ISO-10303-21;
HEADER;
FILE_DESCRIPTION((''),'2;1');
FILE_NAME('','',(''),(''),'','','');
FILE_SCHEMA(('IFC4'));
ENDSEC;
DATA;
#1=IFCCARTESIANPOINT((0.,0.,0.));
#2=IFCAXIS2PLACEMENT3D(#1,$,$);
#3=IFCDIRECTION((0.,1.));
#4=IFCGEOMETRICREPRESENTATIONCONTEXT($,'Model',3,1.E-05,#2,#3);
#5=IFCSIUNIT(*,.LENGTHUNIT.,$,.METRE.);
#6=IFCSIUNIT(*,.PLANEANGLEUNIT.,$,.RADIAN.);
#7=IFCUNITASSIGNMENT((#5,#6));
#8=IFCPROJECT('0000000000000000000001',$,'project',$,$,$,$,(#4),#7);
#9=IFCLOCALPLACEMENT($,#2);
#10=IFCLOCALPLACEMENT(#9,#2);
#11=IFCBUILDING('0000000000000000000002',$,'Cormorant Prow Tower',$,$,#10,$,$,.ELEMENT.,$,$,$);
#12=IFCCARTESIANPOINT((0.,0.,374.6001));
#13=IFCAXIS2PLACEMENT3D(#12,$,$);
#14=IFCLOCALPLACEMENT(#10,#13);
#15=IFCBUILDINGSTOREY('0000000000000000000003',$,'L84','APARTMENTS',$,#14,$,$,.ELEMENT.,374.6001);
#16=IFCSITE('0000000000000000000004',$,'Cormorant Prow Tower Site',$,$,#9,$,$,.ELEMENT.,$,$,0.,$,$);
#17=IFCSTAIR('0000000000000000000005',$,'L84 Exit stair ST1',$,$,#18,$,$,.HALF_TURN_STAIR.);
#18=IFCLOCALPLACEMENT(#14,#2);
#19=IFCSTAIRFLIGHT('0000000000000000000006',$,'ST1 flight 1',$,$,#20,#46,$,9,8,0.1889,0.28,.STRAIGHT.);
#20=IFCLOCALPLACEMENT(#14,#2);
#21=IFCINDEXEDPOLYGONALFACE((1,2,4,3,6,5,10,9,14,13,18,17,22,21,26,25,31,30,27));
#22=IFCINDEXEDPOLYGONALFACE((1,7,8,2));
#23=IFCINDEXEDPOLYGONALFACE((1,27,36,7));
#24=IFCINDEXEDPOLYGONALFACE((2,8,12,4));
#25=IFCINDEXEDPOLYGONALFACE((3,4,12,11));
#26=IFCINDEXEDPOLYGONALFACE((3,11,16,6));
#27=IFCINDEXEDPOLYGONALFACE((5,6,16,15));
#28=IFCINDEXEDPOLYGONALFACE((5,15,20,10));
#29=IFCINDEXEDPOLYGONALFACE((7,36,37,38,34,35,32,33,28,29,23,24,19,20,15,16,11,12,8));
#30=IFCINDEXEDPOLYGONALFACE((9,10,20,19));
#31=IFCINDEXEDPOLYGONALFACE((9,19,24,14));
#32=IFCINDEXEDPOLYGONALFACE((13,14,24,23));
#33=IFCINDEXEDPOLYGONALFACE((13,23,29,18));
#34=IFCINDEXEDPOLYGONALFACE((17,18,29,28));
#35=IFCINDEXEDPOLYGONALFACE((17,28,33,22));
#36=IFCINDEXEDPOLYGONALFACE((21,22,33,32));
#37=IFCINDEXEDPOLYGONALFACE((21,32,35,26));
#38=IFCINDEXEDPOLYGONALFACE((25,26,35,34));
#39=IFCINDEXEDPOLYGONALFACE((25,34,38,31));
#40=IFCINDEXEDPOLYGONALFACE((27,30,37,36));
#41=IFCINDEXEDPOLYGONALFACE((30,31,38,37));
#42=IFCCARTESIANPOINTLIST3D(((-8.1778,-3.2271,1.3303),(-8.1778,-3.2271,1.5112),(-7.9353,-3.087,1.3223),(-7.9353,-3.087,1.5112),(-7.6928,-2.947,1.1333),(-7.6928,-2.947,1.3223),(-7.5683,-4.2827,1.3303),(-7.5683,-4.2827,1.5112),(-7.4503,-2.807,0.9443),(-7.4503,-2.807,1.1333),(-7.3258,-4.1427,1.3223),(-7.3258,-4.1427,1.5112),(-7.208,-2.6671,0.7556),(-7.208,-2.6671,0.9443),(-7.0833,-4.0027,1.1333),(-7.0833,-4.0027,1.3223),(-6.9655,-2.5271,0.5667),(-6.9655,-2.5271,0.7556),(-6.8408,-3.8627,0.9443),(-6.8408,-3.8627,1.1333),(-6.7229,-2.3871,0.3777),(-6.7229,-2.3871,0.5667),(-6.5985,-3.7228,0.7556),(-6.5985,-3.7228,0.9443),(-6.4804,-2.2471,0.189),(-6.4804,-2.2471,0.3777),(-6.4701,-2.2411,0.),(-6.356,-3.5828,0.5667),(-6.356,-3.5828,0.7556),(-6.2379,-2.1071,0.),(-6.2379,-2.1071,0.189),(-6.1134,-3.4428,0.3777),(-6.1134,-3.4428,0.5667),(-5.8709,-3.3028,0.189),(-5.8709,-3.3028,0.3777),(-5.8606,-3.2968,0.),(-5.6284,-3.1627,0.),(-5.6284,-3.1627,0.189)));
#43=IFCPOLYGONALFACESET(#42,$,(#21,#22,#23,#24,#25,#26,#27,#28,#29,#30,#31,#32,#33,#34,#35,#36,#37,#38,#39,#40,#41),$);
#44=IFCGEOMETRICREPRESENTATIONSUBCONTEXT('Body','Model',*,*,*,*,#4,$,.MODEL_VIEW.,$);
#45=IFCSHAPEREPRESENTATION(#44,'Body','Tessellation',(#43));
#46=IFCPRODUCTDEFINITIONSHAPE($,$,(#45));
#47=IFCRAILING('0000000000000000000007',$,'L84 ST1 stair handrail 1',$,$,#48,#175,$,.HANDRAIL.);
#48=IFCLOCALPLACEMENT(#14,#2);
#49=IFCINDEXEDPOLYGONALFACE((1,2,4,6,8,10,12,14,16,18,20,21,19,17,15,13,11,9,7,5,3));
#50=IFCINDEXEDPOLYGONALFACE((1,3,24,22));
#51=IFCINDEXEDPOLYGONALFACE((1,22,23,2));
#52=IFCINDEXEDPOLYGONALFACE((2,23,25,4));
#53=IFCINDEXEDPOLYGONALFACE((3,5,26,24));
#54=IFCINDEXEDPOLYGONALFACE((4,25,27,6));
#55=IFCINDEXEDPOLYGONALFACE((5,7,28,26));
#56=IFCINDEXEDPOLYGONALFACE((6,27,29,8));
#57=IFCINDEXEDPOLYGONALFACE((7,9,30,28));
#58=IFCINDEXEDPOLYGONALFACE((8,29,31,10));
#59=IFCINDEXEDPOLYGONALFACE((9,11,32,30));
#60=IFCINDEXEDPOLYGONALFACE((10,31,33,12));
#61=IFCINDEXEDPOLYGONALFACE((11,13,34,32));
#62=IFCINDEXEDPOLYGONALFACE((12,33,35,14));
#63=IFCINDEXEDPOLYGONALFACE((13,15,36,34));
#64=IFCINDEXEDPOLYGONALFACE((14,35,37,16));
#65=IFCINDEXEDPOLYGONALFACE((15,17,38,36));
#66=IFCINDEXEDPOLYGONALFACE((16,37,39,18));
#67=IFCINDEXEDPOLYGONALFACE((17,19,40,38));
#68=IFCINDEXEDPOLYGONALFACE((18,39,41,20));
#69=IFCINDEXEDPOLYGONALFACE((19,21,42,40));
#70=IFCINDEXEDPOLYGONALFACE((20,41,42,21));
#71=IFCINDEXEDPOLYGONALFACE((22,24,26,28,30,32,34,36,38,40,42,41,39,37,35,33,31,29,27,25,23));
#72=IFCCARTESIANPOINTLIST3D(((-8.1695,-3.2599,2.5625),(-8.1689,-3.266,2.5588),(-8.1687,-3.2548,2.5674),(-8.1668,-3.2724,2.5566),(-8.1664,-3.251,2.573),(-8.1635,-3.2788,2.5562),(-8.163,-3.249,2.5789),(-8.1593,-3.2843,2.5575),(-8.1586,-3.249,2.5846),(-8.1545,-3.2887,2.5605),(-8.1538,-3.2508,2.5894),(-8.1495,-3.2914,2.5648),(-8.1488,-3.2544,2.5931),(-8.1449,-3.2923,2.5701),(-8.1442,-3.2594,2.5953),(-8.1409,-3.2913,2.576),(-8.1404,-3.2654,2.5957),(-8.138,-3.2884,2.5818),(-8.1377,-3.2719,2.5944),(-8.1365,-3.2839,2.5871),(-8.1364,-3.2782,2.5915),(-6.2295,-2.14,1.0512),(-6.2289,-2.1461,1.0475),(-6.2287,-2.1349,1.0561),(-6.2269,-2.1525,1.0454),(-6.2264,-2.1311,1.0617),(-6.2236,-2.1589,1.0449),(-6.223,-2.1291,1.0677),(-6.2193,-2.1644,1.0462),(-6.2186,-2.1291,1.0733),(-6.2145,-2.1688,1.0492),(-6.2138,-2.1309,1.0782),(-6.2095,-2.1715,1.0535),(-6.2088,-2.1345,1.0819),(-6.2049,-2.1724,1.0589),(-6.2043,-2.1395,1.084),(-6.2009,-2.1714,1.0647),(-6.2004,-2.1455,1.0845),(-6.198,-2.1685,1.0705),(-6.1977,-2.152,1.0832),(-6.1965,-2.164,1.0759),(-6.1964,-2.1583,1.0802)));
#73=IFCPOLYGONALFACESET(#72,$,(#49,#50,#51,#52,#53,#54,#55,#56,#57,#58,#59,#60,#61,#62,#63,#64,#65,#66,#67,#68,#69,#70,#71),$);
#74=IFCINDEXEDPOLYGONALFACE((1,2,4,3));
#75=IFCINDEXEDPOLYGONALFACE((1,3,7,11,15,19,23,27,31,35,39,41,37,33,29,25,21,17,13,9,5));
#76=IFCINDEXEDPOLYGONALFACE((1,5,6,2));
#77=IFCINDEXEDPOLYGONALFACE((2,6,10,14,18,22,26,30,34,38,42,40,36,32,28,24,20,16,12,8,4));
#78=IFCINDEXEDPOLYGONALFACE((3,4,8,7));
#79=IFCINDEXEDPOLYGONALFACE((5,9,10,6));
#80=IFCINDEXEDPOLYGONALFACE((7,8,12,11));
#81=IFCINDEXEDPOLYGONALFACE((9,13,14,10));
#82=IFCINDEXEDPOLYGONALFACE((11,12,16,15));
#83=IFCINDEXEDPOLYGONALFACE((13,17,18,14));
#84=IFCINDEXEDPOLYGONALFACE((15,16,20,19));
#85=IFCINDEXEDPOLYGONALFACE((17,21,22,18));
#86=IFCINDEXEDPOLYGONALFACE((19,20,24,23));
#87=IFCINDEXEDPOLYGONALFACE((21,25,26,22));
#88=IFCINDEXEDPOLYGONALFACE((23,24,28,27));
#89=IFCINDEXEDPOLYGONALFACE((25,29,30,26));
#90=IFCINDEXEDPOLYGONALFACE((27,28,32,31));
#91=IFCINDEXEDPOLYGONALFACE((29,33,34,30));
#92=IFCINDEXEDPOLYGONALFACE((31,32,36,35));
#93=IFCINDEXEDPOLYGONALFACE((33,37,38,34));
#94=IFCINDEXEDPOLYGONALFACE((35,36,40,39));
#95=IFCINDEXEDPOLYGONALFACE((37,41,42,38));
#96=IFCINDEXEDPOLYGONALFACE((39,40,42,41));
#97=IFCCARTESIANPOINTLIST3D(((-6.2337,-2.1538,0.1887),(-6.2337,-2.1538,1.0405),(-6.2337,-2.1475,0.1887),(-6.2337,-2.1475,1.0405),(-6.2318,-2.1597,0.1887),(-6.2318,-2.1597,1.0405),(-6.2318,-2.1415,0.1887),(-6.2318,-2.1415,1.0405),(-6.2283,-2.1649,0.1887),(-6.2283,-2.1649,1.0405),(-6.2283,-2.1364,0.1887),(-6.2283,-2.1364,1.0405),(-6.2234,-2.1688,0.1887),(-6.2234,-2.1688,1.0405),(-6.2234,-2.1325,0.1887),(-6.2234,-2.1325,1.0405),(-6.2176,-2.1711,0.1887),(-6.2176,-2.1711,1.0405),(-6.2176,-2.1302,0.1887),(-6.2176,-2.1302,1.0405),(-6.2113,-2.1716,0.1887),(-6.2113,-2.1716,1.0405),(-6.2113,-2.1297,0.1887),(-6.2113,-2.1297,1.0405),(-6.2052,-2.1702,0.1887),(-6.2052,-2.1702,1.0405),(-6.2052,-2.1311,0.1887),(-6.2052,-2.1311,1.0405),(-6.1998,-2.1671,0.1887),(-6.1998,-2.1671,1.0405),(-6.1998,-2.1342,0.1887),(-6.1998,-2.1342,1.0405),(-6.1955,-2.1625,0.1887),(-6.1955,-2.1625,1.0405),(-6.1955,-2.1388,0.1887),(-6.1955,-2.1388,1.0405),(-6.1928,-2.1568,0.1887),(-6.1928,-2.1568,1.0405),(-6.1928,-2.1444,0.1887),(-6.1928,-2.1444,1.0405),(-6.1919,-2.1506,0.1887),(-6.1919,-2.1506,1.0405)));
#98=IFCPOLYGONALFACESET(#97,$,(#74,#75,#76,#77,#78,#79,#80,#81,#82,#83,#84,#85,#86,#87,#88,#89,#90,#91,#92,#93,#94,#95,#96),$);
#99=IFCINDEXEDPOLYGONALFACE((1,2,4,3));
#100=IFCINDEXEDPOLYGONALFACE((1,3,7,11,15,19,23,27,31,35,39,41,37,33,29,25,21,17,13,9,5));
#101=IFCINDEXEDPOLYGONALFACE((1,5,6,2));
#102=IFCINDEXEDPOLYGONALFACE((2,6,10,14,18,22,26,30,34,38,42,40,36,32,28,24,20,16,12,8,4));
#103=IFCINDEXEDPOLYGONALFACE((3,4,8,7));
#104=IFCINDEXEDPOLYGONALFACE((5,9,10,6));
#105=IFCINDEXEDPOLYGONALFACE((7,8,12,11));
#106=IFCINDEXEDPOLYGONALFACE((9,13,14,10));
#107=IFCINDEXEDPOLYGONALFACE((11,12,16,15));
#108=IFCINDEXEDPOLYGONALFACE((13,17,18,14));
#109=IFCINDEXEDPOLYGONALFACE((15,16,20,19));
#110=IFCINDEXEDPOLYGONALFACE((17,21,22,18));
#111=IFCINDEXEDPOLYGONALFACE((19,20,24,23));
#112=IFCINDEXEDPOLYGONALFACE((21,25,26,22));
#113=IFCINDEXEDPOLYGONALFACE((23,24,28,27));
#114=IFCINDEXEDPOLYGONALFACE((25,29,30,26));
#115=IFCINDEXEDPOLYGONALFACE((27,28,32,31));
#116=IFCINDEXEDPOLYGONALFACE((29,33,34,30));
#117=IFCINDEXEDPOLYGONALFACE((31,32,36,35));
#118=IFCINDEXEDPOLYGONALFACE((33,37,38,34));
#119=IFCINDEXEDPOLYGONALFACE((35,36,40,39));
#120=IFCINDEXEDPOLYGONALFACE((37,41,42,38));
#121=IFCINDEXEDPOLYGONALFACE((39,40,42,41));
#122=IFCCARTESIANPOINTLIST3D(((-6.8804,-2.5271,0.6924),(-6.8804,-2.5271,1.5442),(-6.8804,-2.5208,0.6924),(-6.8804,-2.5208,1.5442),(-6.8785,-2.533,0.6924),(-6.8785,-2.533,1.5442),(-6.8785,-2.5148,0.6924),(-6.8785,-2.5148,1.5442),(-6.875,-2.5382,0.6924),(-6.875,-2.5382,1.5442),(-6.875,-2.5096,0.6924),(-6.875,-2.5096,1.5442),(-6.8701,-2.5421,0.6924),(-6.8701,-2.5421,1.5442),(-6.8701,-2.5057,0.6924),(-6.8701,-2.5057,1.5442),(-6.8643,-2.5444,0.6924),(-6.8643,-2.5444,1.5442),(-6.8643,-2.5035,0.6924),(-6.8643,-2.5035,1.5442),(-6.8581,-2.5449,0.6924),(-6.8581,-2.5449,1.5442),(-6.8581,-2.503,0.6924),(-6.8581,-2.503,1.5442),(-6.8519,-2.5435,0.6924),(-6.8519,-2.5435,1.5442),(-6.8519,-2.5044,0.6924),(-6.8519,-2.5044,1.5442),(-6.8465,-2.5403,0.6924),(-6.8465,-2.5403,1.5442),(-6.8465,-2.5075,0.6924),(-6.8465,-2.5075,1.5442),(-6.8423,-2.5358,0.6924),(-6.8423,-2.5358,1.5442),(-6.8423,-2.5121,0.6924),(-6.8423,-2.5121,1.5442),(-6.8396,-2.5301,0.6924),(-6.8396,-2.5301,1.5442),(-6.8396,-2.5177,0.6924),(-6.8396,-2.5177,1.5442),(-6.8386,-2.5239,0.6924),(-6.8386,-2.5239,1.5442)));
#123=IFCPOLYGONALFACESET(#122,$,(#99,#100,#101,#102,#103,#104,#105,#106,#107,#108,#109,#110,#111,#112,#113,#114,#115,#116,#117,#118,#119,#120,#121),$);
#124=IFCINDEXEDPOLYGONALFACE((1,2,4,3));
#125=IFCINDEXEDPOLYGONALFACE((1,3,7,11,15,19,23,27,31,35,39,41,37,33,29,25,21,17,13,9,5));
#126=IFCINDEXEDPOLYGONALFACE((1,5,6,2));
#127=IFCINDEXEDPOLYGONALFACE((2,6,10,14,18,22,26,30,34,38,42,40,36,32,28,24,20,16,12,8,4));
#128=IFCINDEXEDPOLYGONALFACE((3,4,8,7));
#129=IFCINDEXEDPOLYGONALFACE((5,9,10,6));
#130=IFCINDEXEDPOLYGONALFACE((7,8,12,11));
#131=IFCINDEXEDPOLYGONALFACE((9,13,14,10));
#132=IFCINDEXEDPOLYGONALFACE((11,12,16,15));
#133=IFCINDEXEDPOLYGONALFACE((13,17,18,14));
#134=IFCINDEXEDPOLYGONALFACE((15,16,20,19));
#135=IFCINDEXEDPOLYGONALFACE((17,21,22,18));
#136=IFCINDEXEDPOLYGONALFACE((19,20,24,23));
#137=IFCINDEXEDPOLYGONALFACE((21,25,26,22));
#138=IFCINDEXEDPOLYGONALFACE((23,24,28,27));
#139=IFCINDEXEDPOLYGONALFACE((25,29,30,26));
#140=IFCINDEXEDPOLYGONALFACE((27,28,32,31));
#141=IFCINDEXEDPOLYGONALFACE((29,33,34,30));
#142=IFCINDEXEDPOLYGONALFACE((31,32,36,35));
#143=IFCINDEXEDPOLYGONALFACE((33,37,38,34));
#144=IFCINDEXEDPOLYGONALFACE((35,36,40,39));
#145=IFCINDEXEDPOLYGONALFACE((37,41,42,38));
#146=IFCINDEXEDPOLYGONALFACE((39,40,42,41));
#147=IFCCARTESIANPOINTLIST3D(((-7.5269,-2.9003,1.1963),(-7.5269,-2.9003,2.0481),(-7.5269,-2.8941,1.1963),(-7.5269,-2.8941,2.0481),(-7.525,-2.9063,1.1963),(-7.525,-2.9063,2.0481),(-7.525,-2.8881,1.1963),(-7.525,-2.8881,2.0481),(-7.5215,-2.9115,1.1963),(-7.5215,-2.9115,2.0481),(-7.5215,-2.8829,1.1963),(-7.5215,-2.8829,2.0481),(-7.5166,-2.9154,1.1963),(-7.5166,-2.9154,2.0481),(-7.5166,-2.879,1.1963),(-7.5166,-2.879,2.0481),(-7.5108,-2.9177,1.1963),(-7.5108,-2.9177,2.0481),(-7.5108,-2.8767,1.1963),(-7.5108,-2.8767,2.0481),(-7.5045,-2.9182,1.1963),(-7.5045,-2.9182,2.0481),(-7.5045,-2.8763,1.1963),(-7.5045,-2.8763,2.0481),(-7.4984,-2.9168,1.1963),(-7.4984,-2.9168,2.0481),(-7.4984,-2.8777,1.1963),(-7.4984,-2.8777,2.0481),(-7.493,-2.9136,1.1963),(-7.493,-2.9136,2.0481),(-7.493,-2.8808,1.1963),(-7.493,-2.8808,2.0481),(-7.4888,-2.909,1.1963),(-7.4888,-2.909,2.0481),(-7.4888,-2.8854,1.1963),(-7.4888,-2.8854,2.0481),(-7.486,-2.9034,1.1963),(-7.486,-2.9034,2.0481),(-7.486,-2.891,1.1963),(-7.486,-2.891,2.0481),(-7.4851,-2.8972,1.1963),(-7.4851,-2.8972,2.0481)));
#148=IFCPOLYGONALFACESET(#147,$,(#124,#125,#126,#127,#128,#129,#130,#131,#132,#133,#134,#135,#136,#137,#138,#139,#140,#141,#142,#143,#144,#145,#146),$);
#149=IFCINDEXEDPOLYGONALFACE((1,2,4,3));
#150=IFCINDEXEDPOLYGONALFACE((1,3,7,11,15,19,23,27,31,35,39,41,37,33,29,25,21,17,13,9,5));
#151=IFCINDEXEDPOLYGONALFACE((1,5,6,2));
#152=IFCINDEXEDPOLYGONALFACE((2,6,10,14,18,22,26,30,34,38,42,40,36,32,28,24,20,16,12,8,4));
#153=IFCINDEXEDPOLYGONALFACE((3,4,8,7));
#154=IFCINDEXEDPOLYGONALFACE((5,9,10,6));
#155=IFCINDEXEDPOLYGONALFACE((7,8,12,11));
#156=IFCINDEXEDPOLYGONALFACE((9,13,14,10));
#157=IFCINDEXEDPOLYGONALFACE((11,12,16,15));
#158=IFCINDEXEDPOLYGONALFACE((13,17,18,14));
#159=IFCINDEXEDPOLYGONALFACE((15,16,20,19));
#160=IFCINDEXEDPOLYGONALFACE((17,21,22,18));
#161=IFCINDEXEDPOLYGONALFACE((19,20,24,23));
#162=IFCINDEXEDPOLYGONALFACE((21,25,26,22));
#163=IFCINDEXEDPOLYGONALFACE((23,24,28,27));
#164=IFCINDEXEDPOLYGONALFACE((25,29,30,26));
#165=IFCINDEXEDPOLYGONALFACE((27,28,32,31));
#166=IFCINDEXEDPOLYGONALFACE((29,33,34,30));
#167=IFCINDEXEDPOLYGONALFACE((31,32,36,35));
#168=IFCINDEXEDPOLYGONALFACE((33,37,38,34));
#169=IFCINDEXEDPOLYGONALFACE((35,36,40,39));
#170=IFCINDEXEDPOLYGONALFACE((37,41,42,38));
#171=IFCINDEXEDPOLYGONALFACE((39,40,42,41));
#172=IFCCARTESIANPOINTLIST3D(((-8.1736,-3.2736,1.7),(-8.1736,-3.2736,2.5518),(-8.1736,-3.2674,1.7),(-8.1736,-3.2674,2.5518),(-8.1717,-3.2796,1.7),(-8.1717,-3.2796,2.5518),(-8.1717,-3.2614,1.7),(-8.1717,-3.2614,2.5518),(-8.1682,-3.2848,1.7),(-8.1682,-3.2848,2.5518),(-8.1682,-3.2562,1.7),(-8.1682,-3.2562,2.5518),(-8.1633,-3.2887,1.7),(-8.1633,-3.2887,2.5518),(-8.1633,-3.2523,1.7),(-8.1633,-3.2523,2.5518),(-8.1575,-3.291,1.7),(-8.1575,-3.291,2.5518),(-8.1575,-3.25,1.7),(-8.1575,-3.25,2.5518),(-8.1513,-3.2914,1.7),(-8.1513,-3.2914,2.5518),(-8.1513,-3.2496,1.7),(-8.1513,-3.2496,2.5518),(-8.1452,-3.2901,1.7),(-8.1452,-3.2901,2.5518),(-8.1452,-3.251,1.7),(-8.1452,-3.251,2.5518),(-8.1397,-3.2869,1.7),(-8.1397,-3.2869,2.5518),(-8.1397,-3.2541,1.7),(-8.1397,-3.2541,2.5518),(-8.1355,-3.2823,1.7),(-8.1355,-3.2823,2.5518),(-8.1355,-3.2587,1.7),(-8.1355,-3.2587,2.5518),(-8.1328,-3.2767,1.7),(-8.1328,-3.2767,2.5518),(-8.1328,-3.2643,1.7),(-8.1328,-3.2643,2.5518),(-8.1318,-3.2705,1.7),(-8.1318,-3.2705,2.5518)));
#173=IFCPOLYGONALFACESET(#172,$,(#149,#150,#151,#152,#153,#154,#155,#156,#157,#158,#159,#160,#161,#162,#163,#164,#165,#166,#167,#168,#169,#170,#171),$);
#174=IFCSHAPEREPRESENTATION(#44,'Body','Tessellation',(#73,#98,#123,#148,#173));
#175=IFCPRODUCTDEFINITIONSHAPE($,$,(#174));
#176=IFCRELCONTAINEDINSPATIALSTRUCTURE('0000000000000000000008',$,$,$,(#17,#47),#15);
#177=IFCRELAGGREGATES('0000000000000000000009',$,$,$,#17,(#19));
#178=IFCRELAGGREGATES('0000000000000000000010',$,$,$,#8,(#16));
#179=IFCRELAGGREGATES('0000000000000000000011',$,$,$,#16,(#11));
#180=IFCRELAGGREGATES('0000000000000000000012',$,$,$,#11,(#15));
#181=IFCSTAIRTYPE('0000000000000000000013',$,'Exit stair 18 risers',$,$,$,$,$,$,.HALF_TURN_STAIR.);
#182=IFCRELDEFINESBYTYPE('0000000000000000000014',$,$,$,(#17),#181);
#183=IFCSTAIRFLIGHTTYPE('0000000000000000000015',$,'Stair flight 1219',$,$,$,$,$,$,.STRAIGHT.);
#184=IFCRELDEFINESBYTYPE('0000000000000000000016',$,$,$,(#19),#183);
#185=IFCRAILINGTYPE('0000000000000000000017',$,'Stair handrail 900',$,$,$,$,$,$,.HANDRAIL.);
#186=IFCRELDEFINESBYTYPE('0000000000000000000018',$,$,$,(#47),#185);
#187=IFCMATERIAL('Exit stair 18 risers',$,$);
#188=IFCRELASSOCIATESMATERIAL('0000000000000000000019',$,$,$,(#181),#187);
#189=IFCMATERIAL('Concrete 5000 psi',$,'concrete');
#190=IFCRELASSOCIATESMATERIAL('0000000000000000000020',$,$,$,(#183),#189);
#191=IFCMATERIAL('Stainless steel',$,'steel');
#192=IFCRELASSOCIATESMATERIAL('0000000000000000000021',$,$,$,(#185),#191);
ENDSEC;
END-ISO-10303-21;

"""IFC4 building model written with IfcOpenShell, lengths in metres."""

from ifc_helpers import new_model, si_unit, direction, frame, origin, origin_2d, place, context, subcontext, project, spatial, polyline, circle, outline, extrude, material, type_object, element, aggregate, save


model = new_model("IFC4")

# Units and contexts
model_context = context("Model", 3, precision=1e-05, world=origin(), true_north=direction((0.0, 1.0)))
body_context = subcontext(model_context, "Body", "Model", "MODEL_VIEW")
ifc_project = project(units=[si_unit("LENGTHUNIT", "METRE"), si_unit("PLANEANGLEUNIT", "RADIAN")], contexts=[model_context])

# Site, building, storey
site_placement = place(None, origin())
site = spatial("IfcSite", under=ifc_project, at=site_placement, Name="Cormorant Prow Tower Site", CompositionType="ELEMENT", RefElevation=0.0)
building_placement = place(site_placement, origin())
building = spatial("IfcBuilding", under=site, at=building_placement, Name="Cormorant Prow Tower", CompositionType="ELEMENT")
storey_placement = place(building_placement, frame((0.0, 0.0, 374.6001)))
storey = spatial("IfcBuildingStorey", under=building, at=storey_placement, Name="L84", Description="APARTMENTS", CompositionType="ELEMENT", Elevation=374.6001)

# Stair, stair flight
ifc_material_1 = material(Name="Exit stair 18 risers")
stair_type = type_object("IfcStairType", Name="Exit stair 18 risers", PredefinedType="HALF_TURN_STAIR", material=ifc_material_1)
stair_placement = place(storey_placement, origin())
stair = element("IfcStair", 1, at=stair_placement, inside=storey, type_object=stair_type, Name="L84 Exit stair ST1", PredefinedType="HALF_TURN_STAIR")
ifc_material_2 = material(Name="Concrete 5000 psi", Category="concrete")
stair_flight_type = type_object("IfcStairFlightType", Name="Stair flight 1219", PredefinedType="STRAIGHT", material=ifc_material_2)
stair_flight_placement = place(storey_placement, frame((-5.9331, -2.635, 0.0), z_axis=(0.0, 0.0, 1.0), x_axis=(-0.866025, -0.5, 0.0)))
stair_flight = element("IfcStairFlight", 2, at=stair_flight_placement, type_object=stair_flight_type, Name="ST1 flight 1", NumberOfRisers=9, NumberOfTreads=8, PredefinedType="STRAIGHT", RiserHeight=0.1889, TreadLength=0.28, context=body_context, shape_type="SweptSolid", body=[
    extrude(outline(polyline([(0.0, 0.0), (0.0, 0.189), (0.28, 0.189), (0.28, 0.3777), (0.5601, 0.3777), (0.5601, 0.5667), (0.8401, 0.5667), (0.8401, 0.7556), (1.1201, 0.7556), (1.1201, 0.9443), (1.3999, 0.9443), (1.3999, 1.1333), (1.6799, 1.1333), (1.6799, 1.3223), (1.96, 1.3223), (1.96, 1.5112), (2.24, 1.5112), (2.24, 1.7), (2.24, 1.3303), (0.2681, 0.0), (0.0, 0.0)])), frame((0.0, 0.6094, 0.0), z_axis=(0.0, -1.0, 0.0), x_axis=(1.0, 0.0, 0.0)), (0.0, 0.0, 1.0), 1.219),
])
aggregate(stair, [stair_flight])

# Railing
ifc_material_3 = material(Name="Stainless steel", Category="steel")
railing_type_1 = type_object("IfcRailingType", Name="Stair handrail 900", PredefinedType="HANDRAIL", material=ifc_material_3)
railing_1_placement = place(storey_placement, frame((-6.2129, -2.1506, 0.1887)))
element("IfcRailing", 3, at=railing_1_placement, inside=storey, type_object=railing_type_1, Name="L84 ST1 stair handrail 1", PredefinedType="HANDRAIL", context=body_context, shape_type="SweptSolid", body=[
    extrude(circle(Radius=0.0239, at=origin_2d()), frame((0.0, 0.0, 0.876), z_axis=(-0.71794, -0.414447, 0.559281), x_axis=(0.499949, -0.866055, 0.0)), (0.0, 0.0, 1.0), 2.7021),
    extrude(circle(Radius=0.021, at=origin_2d()), origin(), (0.0, 0.0, 1.0), 0.8518),
    extrude(circle(Radius=0.021, at=origin_2d()), frame((-0.6467, -0.3733, 0.5037)), (0.0, 0.0, 1.0), 0.8518),
    extrude(circle(Radius=0.021, at=origin_2d()), frame((-1.2932, -0.7466, 1.0076)), (0.0, 0.0, 1.0), 0.8518),
    extrude(circle(Radius=0.021, at=origin_2d()), frame((-1.9399, -1.1199, 1.5112)), (0.0, 0.0, 1.0), 0.8518),
])

save(model, "model.ifc")
